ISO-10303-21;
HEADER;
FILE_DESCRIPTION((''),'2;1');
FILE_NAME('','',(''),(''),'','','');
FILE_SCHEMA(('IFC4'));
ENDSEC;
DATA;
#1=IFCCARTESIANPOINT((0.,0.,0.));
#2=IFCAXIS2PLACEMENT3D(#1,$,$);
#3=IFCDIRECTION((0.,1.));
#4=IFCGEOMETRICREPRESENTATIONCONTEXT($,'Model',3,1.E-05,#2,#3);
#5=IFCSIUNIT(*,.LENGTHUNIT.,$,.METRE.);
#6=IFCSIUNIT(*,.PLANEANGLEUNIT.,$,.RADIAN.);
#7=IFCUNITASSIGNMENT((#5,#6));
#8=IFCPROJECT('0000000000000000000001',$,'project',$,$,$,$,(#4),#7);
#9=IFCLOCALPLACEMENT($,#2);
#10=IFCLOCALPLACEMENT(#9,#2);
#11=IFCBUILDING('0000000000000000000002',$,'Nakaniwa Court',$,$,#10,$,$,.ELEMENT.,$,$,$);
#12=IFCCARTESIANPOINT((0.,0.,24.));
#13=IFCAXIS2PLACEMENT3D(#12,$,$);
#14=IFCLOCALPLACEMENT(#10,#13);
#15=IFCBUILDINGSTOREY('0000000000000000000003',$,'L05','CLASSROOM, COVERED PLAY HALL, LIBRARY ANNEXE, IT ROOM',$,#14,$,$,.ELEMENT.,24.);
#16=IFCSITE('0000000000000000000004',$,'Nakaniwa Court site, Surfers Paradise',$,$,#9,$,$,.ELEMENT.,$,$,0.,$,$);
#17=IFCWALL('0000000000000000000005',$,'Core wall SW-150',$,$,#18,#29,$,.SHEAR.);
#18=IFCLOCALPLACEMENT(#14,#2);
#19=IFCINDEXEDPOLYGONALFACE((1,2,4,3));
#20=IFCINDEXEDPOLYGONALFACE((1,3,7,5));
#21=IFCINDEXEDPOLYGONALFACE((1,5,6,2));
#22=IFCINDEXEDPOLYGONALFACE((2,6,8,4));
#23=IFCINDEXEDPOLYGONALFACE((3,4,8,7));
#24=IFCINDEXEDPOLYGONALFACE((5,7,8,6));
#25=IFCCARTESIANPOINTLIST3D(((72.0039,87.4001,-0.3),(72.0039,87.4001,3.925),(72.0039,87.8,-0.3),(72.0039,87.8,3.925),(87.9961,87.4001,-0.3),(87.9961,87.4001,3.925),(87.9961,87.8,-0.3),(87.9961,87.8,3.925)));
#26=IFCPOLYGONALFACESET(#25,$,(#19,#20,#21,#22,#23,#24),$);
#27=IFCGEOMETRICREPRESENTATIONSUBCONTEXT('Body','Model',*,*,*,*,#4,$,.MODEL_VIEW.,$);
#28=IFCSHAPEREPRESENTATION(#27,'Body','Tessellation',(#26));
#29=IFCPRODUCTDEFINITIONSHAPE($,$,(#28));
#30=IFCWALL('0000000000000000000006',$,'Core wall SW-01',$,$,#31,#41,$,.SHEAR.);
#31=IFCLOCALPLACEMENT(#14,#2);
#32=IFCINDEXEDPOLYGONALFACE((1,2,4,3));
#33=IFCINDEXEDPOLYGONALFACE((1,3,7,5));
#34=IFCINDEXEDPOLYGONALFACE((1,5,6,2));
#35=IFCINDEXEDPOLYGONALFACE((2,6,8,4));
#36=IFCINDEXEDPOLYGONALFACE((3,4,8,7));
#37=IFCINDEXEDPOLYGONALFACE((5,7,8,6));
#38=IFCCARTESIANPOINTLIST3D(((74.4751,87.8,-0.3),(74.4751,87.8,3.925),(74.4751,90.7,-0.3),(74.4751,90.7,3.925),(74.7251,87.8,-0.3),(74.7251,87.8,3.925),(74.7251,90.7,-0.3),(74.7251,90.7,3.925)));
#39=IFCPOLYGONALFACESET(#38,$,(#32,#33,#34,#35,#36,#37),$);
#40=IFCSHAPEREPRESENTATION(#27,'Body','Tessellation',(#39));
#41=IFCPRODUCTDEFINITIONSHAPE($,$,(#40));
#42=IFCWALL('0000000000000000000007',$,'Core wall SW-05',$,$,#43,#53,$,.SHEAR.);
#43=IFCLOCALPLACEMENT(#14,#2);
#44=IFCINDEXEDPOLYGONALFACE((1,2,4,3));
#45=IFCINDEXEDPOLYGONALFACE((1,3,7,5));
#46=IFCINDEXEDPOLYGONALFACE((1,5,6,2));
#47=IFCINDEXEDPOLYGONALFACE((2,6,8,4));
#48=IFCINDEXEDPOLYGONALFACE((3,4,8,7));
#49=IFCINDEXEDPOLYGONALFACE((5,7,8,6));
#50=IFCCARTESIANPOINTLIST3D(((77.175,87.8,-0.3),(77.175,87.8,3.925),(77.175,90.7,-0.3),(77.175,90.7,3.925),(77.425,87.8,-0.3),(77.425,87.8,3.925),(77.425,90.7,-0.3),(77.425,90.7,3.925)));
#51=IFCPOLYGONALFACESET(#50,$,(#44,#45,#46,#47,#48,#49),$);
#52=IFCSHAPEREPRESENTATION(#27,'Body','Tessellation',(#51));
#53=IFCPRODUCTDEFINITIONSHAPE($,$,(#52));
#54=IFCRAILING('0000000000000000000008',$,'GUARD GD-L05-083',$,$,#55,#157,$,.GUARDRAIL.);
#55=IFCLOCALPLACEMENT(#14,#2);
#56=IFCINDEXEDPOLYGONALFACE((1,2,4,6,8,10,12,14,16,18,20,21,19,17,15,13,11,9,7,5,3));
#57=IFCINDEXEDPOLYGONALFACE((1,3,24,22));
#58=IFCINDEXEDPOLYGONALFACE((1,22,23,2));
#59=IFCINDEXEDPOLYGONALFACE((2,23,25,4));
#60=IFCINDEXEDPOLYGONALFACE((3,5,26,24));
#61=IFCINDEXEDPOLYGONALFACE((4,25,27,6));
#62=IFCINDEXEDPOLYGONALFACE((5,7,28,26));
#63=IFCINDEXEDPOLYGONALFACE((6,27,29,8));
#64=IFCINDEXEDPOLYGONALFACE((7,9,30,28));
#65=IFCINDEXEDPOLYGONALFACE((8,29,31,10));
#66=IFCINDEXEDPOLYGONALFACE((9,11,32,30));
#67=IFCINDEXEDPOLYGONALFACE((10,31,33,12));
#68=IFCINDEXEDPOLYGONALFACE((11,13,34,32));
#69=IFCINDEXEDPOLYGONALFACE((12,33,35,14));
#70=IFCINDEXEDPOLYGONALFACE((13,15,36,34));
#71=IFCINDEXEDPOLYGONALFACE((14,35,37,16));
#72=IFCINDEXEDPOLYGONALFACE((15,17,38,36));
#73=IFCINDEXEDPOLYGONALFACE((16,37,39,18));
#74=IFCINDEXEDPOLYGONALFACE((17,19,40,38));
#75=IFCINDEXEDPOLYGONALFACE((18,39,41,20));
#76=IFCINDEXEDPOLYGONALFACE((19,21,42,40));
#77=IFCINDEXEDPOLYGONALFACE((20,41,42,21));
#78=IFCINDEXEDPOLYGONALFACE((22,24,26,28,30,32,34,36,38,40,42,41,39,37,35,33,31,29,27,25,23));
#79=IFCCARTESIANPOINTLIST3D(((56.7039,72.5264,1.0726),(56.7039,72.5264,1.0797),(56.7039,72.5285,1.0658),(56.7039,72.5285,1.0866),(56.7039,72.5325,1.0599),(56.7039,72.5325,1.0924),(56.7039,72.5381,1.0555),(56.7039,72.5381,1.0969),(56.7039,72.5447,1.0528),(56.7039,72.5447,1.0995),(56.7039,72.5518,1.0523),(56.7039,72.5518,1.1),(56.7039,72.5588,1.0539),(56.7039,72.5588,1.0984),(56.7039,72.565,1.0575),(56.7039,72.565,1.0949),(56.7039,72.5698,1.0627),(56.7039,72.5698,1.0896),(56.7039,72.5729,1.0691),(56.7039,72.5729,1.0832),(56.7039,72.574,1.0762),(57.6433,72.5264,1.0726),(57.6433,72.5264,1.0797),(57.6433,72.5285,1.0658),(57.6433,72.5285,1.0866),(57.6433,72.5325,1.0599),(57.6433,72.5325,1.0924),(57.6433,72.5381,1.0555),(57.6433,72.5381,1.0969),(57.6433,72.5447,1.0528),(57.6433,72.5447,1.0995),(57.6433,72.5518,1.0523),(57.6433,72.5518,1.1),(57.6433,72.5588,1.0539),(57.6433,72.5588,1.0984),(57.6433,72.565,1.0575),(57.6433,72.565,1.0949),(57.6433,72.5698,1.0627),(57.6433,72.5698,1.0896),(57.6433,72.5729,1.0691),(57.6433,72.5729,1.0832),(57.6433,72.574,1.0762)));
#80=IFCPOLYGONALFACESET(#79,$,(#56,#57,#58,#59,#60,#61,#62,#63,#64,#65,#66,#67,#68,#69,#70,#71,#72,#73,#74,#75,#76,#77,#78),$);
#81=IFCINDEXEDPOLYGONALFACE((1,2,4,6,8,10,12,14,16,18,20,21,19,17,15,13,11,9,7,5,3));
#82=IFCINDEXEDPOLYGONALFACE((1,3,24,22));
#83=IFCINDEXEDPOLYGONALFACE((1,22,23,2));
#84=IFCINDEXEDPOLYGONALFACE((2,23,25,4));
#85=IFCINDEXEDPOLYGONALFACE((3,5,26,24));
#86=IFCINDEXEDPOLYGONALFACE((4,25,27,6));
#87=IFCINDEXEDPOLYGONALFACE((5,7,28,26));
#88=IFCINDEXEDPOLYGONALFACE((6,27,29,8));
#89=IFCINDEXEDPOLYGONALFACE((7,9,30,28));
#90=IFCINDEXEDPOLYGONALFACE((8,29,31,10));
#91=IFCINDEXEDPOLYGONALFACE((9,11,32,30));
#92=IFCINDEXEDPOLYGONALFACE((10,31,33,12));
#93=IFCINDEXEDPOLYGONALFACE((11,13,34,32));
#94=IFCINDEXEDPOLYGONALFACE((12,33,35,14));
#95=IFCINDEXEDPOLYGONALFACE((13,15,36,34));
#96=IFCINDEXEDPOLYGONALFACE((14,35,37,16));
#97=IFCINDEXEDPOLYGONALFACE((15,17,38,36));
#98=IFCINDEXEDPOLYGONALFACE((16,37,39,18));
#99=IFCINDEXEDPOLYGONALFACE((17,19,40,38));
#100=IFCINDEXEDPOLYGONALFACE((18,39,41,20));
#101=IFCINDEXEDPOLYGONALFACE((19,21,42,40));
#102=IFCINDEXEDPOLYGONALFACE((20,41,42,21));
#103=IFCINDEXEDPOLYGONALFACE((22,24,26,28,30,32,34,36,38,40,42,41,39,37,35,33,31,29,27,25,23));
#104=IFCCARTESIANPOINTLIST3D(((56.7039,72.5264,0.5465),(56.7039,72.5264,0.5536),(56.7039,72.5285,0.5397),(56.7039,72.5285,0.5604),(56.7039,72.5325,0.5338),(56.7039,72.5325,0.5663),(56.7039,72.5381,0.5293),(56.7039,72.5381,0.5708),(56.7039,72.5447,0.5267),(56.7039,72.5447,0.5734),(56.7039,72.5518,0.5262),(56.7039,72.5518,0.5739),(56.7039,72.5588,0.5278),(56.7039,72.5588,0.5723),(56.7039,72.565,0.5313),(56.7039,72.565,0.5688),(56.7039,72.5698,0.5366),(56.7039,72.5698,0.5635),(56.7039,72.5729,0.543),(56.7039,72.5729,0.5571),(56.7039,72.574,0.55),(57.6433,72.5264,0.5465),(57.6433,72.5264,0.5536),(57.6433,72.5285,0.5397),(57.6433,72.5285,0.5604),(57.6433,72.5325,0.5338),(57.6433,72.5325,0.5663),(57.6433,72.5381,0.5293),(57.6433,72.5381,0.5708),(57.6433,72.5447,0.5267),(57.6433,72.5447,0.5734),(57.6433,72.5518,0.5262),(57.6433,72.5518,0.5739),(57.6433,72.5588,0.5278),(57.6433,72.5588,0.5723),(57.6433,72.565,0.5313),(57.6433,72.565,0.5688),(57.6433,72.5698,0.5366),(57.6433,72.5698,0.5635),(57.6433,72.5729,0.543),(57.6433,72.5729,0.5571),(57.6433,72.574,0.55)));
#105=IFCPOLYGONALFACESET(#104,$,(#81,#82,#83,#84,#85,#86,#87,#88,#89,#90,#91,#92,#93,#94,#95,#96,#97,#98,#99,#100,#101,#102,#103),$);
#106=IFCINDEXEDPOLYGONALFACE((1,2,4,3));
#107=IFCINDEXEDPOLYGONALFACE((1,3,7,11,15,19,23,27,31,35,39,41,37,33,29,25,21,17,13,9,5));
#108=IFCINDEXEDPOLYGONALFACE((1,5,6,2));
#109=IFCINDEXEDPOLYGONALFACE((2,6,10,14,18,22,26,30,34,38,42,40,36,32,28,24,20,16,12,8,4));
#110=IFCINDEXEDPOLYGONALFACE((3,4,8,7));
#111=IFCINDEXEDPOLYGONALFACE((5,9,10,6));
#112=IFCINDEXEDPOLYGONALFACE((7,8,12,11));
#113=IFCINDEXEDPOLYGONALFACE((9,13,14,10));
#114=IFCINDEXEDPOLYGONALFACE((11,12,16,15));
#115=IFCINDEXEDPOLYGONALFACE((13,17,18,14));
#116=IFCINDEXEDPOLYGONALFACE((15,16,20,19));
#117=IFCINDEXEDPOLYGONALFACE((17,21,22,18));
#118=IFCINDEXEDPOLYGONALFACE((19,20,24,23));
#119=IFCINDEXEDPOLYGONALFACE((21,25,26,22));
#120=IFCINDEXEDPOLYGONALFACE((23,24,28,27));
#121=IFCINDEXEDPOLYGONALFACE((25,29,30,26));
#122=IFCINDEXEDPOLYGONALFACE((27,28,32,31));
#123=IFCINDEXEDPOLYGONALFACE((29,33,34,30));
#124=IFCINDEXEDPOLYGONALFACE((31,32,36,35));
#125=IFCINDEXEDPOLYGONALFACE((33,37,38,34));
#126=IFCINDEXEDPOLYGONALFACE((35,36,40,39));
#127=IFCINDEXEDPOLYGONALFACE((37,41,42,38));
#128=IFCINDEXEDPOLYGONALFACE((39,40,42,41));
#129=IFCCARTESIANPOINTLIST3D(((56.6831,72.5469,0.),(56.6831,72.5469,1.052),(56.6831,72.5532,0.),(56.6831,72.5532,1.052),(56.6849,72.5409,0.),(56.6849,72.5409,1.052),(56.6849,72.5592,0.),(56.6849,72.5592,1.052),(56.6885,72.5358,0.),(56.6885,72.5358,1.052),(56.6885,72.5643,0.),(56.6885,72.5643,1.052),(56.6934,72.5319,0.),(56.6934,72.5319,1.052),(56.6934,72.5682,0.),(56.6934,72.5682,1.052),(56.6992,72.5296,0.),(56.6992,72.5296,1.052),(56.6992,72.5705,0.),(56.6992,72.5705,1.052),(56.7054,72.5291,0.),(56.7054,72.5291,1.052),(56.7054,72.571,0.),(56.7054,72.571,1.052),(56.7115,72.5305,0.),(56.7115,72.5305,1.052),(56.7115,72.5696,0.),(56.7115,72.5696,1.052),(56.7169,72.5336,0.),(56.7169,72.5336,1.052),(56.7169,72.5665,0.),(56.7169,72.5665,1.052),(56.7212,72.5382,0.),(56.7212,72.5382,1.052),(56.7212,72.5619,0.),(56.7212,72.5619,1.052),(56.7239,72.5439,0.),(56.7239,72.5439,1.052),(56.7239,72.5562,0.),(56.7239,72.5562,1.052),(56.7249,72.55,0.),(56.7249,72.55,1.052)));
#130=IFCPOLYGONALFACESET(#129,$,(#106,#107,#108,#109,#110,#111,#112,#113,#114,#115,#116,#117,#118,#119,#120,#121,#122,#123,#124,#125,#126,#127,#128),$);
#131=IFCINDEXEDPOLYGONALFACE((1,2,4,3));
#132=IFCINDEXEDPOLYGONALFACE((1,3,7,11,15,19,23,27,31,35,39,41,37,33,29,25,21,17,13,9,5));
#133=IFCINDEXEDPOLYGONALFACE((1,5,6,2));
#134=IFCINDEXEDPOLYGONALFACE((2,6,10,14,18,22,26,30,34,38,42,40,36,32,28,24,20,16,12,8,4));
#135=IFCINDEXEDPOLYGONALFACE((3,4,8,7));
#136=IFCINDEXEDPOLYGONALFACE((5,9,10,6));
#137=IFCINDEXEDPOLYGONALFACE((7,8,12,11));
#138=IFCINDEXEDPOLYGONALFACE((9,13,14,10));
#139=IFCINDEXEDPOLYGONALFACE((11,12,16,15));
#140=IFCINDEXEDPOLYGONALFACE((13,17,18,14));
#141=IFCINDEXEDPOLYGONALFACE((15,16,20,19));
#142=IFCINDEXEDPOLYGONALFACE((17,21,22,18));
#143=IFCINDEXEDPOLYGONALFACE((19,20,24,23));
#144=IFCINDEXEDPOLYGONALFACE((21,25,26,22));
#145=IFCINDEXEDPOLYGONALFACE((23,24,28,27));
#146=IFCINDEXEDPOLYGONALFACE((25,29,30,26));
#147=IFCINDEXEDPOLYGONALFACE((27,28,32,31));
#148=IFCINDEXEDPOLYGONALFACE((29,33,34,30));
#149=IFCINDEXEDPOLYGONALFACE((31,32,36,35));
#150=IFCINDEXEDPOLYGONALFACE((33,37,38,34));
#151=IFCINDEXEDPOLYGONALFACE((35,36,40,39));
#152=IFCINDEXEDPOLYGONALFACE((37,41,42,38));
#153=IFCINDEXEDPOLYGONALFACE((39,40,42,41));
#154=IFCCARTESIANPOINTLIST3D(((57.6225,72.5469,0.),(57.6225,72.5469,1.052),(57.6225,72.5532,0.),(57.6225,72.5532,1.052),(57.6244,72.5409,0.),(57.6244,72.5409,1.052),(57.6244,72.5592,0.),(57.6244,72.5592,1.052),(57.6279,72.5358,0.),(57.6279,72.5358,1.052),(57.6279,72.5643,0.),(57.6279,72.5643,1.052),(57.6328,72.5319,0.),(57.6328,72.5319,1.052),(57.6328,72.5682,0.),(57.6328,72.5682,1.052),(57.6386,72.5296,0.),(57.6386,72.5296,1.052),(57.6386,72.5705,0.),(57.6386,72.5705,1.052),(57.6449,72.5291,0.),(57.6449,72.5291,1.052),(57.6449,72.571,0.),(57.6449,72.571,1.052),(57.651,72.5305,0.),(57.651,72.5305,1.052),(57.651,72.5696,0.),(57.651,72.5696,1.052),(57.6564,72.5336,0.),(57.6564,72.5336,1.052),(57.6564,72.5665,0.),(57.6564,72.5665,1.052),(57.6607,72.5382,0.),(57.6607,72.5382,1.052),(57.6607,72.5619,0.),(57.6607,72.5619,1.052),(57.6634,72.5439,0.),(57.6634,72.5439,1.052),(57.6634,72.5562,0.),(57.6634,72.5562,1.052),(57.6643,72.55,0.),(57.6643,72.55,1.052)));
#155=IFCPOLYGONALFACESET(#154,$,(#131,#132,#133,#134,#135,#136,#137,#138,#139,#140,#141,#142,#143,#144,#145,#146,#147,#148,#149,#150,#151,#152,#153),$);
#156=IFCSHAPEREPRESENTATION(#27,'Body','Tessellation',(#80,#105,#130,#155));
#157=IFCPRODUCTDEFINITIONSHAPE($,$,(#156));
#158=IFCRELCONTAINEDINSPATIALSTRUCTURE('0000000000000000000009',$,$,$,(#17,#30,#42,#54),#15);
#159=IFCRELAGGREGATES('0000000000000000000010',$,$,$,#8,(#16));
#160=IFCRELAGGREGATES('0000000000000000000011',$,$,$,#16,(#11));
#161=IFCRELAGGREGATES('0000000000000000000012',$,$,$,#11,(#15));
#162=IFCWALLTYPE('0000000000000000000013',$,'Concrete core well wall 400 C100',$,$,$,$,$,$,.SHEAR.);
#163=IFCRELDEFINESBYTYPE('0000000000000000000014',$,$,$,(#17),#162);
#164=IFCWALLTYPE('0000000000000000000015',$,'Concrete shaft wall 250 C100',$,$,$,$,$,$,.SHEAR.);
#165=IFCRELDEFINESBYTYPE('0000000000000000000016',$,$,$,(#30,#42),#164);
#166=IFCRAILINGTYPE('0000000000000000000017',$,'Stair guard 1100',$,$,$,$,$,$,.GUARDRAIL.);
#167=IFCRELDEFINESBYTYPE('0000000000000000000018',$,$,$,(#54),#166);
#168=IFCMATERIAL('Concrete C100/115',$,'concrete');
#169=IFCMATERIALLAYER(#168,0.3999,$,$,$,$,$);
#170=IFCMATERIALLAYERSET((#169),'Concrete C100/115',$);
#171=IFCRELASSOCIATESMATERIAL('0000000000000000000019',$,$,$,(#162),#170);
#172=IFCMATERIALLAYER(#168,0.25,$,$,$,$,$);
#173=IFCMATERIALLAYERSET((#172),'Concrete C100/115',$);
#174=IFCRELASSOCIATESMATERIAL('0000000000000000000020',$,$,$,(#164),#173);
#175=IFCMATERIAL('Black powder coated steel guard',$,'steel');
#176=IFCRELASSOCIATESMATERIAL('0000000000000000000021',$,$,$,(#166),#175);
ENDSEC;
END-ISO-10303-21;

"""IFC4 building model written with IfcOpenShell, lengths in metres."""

from ifc_helpers import new_model, si_unit, direction, frame, frame_2d, origin, origin_2d, place, context, subcontext, project, spatial, rectangle, circle, extrude, material, layer, layer_set, type_object, element, save


model = new_model("IFC4")

# Units and contexts
model_context = context("Model", 3, precision=1e-05, world=origin(), true_north=direction((0.0, 1.0)))
body_context = subcontext(model_context, "Body", "Model", "MODEL_VIEW")
ifc_project = project(units=[si_unit("LENGTHUNIT", "METRE"), si_unit("PLANEANGLEUNIT", "RADIAN")], contexts=[model_context])

# Site, building, storey
site_placement = place(None, origin())
site = spatial("IfcSite", under=ifc_project, at=site_placement, Name="Nakaniwa Court site, Surfers Paradise", CompositionType="ELEMENT", RefElevation=0.0)
building_placement = place(site_placement, origin())
building = spatial("IfcBuilding", under=site, at=building_placement, Name="Nakaniwa Court", CompositionType="ELEMENT")
storey_placement = place(building_placement, frame((0.0, 0.0, 24.0)))
storey = spatial("IfcBuildingStorey", under=building, at=storey_placement, Name="L05", Description="CLASSROOM, COVERED PLAY HALL, LIBRARY ANNEXE, IT ROOM", CompositionType="ELEMENT", Elevation=24.0)

# Shared definitions
ifc_material_1 = material(Name="Concrete C100/115", Category="concrete")

# Walls
ifc_layer_1 = layer(ifc_material_1, 0.3999)
ifc_layer_set_1 = layer_set([ifc_layer_1], Name="Concrete C100/115")
wall_type_1 = type_object("IfcWallType", Name="Concrete core well wall 400 C100", PredefinedType="SHEAR", material=ifc_layer_set_1)
wall_1_placement = place(storey_placement, frame((72.0039, 87.6001, -0.3), z_axis=(0.0, 0.0, 1.0), x_axis=(1.0, 0.0, 0.0)))
element("IfcWall", 1, at=wall_1_placement, inside=storey, type_object=wall_type_1, Name="Core wall SW-150", PredefinedType="SHEAR", context=body_context, shape_type="SweptSolid", body=[
    extrude(rectangle(XDim=15.9922, YDim=0.3999, at=frame_2d((7.9961, 0.0))), origin(), (0.0, 0.0, 1.0), 4.2251),
])
ifc_layer_2 = layer(ifc_material_1, 0.25)
ifc_layer_set_2 = layer_set([ifc_layer_2], Name="Concrete C100/115")
wall_type_2 = type_object("IfcWallType", Name="Concrete shaft wall 250 C100", PredefinedType="SHEAR", material=ifc_layer_set_2)
for number, where, z_axis, x_axis, name in (
    (2, (74.6001, 87.8, -0.3), (0.0, 0.0, 1.0), (0.0, 1.0, 0.0), "Core wall SW-01"),
    (3, (77.3, 87.8, -0.3), (0.0, 0.0, 1.0), (0.0, 1.0, 0.0), "Core wall SW-05"),
):
    element("IfcWall", number, at=place(storey_placement, frame(where, z_axis=z_axis, x_axis=x_axis)), inside=storey, type_object=wall_type_2, Name=name, PredefinedType="SHEAR", context=body_context, shape_type="SweptSolid", body=[
        extrude(rectangle(XDim=2.8999, YDim=0.25, at=frame_2d((1.45, 0.0))), origin(), (0.0, 0.0, 1.0), 4.2251),
    ])

# Railing
ifc_material_2 = material(Name="Black powder coated steel guard", Category="steel")
railing_type = type_object("IfcRailingType", Name="Stair guard 1100", PredefinedType="GUARDRAIL", material=ifc_material_2)
railing_1_placement = place(storey_placement, frame((56.7039, 72.55, 0.0)))
element("IfcRailing", 4, at=railing_1_placement, inside=storey, type_object=railing_type, Name="GUARD GD-L05-083", PredefinedType="GUARDRAIL", context=body_context, shape_type="SweptSolid", body=[
    extrude(circle(Radius=0.0239, at=origin_2d()), frame((0.0, 0.0, 1.0762), z_axis=(1.0, 0.0, 0.0), x_axis=(0.0, 1.0, 0.0)), (0.0, 0.0, 1.0), 0.9395),
    extrude(circle(Radius=0.0239, at=origin_2d()), frame((0.0, 0.0, 0.55), z_axis=(1.0, 0.0, 0.0), x_axis=(0.0, 1.0, 0.0)), (0.0, 0.0, 1.0), 0.9395),
    extrude(circle(Radius=0.021, at=origin_2d()), origin(), (0.0, 0.0, 1.0), 1.052),
    extrude(circle(Radius=0.021, at=origin_2d()), frame((0.9395, 0.0, 0.0)), (0.0, 0.0, 1.0), 1.052),
])

save(model, "model.ifc")
